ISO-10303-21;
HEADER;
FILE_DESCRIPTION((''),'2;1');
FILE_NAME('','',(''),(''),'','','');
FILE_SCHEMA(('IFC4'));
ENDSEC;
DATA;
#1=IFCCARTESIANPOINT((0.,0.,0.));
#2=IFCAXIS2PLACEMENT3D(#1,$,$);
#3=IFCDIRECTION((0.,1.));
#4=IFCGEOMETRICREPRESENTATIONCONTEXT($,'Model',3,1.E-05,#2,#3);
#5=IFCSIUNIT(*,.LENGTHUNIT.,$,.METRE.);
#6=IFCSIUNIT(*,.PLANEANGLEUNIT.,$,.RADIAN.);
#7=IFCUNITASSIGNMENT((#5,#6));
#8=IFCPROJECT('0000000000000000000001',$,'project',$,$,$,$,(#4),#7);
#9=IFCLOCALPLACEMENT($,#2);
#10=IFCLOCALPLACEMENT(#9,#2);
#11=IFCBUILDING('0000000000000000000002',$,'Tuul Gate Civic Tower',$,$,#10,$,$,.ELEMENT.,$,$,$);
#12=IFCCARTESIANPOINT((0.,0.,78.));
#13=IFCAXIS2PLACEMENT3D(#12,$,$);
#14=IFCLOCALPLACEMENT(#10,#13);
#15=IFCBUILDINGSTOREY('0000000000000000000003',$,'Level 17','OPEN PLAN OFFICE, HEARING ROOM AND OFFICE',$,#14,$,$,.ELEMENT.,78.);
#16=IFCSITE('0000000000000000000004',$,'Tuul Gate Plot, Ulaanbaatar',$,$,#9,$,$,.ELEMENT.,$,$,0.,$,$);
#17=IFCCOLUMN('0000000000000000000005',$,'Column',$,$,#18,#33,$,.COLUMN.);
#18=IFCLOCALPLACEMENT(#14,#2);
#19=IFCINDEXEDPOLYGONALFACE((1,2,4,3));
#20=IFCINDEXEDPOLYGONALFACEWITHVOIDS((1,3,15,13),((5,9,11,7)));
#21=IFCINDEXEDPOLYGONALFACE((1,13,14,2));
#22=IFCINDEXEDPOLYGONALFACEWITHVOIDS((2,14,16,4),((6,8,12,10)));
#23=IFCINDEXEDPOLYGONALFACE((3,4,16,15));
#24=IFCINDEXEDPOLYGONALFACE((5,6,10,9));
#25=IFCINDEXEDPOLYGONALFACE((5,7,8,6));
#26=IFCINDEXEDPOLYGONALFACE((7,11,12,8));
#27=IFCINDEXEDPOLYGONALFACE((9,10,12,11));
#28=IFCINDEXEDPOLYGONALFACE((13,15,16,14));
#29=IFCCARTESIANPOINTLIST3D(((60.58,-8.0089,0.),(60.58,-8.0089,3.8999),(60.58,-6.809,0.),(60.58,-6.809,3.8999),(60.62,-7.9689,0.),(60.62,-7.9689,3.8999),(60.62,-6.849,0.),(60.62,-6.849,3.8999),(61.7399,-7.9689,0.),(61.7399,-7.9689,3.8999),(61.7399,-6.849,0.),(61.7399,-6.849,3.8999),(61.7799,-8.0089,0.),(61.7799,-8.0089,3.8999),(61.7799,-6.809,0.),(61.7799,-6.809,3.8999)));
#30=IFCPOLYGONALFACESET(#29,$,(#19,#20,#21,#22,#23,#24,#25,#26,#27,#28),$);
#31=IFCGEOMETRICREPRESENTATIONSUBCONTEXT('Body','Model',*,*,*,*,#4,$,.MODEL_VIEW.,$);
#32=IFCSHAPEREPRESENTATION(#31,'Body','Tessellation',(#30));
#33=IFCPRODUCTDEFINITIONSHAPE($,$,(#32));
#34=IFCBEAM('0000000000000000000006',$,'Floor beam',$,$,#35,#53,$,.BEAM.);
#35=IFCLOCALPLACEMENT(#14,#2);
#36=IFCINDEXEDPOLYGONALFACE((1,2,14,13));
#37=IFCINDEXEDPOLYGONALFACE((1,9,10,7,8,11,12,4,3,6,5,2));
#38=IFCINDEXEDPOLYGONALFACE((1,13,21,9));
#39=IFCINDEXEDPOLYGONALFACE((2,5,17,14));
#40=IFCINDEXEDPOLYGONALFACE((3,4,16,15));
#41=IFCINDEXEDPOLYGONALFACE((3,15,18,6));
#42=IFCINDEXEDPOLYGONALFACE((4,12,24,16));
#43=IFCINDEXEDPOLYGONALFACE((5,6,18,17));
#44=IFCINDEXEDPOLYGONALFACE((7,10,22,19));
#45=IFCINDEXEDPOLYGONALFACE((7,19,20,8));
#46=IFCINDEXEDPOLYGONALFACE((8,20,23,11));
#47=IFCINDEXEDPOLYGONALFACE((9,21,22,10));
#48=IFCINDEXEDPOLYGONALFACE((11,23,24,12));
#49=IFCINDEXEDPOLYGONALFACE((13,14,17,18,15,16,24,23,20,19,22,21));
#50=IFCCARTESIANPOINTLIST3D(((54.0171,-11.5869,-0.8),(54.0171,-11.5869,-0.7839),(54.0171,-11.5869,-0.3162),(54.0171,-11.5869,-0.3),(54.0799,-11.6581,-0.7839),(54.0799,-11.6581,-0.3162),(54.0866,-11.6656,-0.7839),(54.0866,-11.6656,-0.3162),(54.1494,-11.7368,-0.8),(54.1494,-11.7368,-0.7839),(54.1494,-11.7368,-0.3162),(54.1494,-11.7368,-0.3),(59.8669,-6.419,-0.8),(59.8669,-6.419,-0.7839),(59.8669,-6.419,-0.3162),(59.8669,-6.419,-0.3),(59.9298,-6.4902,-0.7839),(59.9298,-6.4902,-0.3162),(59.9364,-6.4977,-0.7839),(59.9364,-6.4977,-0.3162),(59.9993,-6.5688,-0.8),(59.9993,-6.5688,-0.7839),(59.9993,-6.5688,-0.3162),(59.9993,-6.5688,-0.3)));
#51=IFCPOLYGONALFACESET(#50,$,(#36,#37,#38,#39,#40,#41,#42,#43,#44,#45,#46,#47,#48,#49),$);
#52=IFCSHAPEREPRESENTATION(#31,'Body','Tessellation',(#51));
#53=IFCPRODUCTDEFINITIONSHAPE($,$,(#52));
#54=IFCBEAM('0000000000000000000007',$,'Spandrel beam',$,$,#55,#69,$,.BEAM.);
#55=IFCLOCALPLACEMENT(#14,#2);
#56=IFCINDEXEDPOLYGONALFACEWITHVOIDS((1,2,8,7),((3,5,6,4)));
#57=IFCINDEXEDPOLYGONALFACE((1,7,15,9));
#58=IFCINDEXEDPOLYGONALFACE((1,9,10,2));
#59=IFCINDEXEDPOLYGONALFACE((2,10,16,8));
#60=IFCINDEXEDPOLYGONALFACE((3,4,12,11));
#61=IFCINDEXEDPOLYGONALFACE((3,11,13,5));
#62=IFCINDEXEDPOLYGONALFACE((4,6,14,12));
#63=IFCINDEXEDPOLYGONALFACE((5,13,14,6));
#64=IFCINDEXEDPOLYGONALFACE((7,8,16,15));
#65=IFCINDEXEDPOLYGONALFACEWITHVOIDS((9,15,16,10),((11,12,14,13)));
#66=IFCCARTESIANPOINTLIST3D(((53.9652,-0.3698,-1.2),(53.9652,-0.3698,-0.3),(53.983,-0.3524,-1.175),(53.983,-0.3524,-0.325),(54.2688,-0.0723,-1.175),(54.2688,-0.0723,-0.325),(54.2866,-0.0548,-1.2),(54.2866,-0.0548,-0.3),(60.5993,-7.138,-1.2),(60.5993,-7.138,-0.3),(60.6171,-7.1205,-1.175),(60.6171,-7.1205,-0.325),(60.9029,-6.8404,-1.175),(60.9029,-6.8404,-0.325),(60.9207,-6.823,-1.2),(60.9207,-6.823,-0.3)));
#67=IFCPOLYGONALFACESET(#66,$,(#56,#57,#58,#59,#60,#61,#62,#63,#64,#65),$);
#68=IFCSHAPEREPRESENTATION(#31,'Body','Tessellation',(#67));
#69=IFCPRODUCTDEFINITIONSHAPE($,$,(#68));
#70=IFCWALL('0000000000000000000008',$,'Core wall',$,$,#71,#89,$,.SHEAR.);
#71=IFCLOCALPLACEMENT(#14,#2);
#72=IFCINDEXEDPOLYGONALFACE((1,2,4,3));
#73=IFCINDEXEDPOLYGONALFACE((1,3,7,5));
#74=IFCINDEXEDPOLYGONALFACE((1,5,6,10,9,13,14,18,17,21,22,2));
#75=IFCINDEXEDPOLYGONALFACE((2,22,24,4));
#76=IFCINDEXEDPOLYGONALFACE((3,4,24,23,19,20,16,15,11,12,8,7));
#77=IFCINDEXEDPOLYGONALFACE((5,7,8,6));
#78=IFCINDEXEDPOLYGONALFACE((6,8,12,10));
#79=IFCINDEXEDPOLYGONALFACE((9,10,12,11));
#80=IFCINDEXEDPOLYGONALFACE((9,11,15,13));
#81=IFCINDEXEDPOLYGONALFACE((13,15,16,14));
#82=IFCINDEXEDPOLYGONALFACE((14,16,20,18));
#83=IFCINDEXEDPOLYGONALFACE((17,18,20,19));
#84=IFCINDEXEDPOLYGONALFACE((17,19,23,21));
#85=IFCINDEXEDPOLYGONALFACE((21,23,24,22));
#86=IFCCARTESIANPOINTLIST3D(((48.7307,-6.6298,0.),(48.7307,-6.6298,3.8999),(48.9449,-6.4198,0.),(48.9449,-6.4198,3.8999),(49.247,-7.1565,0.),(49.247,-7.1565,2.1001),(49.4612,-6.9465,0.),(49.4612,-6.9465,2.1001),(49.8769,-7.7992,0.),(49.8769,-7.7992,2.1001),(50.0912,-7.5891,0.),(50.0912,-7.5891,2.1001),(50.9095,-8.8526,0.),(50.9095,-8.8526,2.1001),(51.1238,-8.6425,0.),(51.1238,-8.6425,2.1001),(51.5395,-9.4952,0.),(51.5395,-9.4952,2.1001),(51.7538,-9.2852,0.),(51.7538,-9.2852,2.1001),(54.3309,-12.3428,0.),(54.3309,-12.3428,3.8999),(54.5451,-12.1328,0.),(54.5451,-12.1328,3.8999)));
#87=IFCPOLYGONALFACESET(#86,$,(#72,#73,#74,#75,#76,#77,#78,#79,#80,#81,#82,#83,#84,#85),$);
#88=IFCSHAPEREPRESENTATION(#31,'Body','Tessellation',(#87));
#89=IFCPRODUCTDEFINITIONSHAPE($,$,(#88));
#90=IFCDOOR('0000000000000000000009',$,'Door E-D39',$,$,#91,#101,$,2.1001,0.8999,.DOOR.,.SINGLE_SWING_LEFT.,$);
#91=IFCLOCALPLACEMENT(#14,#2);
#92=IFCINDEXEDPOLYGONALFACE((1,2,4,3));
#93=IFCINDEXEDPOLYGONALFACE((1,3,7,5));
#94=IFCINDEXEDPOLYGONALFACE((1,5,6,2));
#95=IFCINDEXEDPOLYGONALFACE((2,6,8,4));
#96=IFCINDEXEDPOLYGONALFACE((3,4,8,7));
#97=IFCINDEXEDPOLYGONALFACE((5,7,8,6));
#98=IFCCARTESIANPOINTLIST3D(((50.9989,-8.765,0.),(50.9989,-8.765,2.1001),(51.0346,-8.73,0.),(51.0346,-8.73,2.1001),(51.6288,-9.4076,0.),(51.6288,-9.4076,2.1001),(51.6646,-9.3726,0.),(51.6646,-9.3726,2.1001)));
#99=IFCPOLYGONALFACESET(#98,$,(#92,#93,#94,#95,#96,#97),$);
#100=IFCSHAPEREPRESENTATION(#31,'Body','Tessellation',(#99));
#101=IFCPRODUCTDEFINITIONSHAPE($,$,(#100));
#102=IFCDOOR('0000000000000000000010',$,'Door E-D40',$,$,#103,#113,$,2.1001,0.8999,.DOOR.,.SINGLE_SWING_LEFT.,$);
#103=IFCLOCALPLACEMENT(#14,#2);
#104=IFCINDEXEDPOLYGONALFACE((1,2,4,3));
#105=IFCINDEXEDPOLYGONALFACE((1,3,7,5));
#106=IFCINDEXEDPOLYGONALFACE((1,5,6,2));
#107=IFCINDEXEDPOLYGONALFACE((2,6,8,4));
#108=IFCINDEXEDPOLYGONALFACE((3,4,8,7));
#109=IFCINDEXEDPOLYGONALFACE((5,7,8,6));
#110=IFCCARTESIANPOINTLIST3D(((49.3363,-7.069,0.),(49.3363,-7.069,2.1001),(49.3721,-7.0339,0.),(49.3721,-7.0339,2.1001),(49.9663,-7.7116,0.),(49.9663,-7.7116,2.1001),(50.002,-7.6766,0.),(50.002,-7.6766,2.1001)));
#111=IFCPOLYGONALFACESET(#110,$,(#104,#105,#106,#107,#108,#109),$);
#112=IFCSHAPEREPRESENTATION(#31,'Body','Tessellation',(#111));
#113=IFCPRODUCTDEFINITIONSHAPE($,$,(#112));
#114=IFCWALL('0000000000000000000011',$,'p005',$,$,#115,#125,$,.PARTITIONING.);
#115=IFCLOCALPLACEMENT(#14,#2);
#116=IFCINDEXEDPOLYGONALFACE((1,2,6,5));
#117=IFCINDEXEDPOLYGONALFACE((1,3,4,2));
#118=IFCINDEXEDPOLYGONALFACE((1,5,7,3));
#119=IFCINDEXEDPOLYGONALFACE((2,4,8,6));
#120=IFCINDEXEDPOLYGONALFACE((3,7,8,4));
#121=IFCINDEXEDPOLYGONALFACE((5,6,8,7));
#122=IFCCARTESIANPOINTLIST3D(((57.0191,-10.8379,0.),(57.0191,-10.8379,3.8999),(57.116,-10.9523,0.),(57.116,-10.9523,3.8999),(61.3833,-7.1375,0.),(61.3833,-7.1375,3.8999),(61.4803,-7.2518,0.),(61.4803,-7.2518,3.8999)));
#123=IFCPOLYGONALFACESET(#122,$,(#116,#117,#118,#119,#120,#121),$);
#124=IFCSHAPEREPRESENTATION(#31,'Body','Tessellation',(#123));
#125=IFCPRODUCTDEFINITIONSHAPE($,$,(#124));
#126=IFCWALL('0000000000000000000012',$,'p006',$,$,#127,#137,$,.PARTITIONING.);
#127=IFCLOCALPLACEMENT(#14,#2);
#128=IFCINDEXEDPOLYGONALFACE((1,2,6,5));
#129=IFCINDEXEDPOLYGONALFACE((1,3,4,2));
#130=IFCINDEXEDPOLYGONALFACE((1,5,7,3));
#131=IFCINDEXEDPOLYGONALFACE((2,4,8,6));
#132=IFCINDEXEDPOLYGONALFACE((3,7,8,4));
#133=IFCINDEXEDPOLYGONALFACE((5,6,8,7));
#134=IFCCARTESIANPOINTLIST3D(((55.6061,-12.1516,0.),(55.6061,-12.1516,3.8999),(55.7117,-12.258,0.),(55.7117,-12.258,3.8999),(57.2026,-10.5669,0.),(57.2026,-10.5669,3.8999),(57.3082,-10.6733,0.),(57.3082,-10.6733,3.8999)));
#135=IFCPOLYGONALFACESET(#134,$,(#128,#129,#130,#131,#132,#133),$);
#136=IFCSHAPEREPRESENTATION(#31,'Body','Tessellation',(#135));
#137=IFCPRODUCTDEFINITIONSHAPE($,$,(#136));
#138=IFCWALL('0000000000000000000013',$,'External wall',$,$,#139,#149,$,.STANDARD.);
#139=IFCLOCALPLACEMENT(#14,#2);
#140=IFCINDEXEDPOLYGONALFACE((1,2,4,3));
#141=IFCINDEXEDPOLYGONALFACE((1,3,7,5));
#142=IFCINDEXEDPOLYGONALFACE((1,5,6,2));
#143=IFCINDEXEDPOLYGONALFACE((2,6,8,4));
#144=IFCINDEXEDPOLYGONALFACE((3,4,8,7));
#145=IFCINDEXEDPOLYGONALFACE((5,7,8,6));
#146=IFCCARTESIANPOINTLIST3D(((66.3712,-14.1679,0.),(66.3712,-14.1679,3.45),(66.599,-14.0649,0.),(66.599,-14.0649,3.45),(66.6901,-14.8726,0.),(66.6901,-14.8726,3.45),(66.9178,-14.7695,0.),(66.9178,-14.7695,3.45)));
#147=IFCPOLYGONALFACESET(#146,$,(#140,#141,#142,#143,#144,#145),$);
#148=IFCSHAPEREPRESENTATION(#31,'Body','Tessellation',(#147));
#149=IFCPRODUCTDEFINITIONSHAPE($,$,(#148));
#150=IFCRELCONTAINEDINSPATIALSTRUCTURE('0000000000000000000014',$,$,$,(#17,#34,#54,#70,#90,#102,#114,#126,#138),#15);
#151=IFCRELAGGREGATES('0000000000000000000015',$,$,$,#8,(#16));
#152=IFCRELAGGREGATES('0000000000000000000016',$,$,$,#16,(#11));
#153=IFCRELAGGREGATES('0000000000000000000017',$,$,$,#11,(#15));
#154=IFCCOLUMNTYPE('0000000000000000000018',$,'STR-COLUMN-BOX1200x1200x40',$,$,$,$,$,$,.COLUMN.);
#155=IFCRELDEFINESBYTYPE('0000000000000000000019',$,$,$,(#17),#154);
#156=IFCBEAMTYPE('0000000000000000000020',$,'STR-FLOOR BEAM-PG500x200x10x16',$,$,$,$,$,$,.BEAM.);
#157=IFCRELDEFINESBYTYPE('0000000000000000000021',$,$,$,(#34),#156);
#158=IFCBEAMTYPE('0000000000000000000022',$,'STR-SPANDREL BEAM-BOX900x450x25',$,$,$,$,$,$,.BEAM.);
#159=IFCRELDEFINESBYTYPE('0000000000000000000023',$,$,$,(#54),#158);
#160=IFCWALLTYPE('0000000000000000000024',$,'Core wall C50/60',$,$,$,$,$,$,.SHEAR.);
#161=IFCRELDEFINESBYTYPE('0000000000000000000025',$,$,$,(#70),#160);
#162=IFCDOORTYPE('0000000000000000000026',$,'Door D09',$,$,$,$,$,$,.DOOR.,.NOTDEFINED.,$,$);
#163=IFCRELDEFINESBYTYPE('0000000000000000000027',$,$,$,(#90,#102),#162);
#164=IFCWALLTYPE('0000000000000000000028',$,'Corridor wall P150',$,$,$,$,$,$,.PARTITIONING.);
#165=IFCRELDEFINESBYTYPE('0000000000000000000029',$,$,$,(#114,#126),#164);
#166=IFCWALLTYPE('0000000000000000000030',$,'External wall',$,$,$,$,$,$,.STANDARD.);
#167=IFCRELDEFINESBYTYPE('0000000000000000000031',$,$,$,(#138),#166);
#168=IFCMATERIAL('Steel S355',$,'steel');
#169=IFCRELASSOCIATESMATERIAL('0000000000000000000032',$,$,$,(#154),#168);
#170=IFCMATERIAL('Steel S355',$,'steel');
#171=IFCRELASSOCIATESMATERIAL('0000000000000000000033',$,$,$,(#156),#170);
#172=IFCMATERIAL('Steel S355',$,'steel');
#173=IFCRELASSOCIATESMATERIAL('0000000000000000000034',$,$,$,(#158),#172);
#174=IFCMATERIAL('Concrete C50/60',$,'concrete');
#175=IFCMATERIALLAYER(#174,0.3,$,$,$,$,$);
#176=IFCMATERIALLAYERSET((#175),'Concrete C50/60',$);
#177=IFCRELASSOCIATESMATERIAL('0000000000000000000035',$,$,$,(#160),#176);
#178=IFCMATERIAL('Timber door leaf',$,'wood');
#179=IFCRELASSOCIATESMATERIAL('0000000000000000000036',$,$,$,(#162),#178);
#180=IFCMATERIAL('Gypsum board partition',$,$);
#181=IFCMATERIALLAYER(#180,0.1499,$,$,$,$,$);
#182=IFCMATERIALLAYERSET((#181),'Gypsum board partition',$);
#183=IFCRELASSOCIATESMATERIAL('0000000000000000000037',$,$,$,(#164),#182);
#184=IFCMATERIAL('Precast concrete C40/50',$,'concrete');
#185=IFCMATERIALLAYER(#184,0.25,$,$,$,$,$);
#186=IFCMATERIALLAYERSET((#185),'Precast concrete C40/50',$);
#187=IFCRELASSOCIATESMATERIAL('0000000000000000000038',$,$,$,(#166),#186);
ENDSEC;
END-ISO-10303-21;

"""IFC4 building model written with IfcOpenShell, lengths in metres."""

from ifc_helpers import new_model, si_unit, direction, frame, frame_2d, origin, origin_2d, place, context, subcontext, project, spatial, rectangle, hollow_rectangle, i_section, extrude, material, layer, layer_set, material_profile, profile_set, type_object, element, fill, save


model = new_model("IFC4")

# Units and contexts
model_context = context("Model", 3, precision=1e-05, world=origin(), true_north=direction((0.0, 1.0)))
body_context = subcontext(model_context, "Body", "Model", "MODEL_VIEW")
ifc_project = project(units=[si_unit("LENGTHUNIT", "METRE"), si_unit("PLANEANGLEUNIT", "RADIAN")], contexts=[model_context])

# Site, building, storey
site_placement = place(None, origin())
site = spatial("IfcSite", under=ifc_project, at=site_placement, Name="Tuul Gate Plot, Ulaanbaatar", CompositionType="ELEMENT", RefElevation=0.0)
building_placement = place(site_placement, origin())
building = spatial("IfcBuilding", under=site, at=building_placement, Name="Tuul Gate Civic Tower", CompositionType="ELEMENT")
storey_placement = place(building_placement, frame((0.0, 0.0, 78.0)))
storey = spatial("IfcBuildingStorey", under=building, at=storey_placement, Name="Level 17", Description="OPEN PLAN OFFICE, HEARING ROOM AND OFFICE", CompositionType="ELEMENT", Elevation=78.0)

# Column
ifc_material_1 = material(Name="Steel S355", Category="steel")
ifc_material_profile_1 = material_profile(ifc_material_1, hollow_rectangle(XDim=1.2, YDim=1.2, WallThickness=0.04, at=origin_2d()), Name="BOX1200x1200x40")
ifc_profile_set_1 = profile_set([ifc_material_profile_1], Name="Steel S355")
column_type = type_object("IfcColumnType", Name="STR-COLUMN-BOX1200x1200x40", PredefinedType="COLUMN", material=ifc_profile_set_1)
column_placement = place(storey_placement, frame((61.1799, -7.4089, 0.0), z_axis=(0.0, 0.0, 1.0), x_axis=(1.0, 0.0, 0.0)))
element("IfcColumn", 1, at=column_placement, inside=storey, type_object=column_type, Name="Column", PredefinedType="COLUMN", context=body_context, shape_type="SweptSolid", body=[
    extrude(hollow_rectangle(XDim=1.2, YDim=1.2, WallThickness=0.04, at=origin_2d()), origin(), (0.0, 0.0, 1.0), 3.8999),
])

# Beams
ifc_material_2 = material(Name="Steel S355", Category="steel")
ifc_material_profile_2 = material_profile(ifc_material_2, i_section(OverallWidth=0.2, OverallDepth=0.5, WebThickness=0.01, FlangeThickness=0.0161, at=origin_2d()), Name="PG500x200x10x16")
ifc_profile_set_2 = profile_set([ifc_material_profile_2], Name="Steel S355")
beam_type_1 = type_object("IfcBeamType", Name="STR-FLOOR BEAM-PG500x200x10x16", PredefinedType="BEAM", material=ifc_profile_set_2)
beam_1_placement = place(storey_placement, frame((54.0833, -11.6619, -0.55), z_axis=(0.749435, 0.662078, 0.0), x_axis=(-0.662078, 0.749435, 0.0)))
element("IfcBeam", 2, at=beam_1_placement, inside=storey, type_object=beam_type_1, Name="Floor beam", PredefinedType="BEAM", context=body_context, shape_type="SweptSolid", body=[
    extrude(i_section(OverallWidth=0.2, OverallDepth=0.5, WebThickness=0.01, FlangeThickness=0.0161, at=origin_2d()), origin(), (0.0, 0.0, 1.0), 7.8057),
])
ifc_material_3 = material(Name="Steel S355", Category="steel")
ifc_material_profile_3 = material_profile(ifc_material_3, hollow_rectangle(XDim=0.45, YDim=0.8999, WallThickness=0.0249, at=origin_2d()), Name="BOX900x450x25")
ifc_profile_set_3 = profile_set([ifc_material_profile_3], Name="Steel S355")
beam_type_2 = type_object("IfcBeamType", Name="STR-SPANDREL BEAM-BOX900x450x25", PredefinedType="BEAM", material=ifc_profile_set_3)
beam_2_placement = place(storey_placement, frame((60.76, -6.9805, -0.75), z_axis=(-0.7, 0.714143, 0.0), x_axis=(-0.714143, -0.7, 0.0)))
element("IfcBeam", 3, at=beam_2_placement, inside=storey, type_object=beam_type_2, Name="Spandrel beam", PredefinedType="BEAM", context=body_context, shape_type="SweptSolid", body=[
    extrude(hollow_rectangle(XDim=0.45, YDim=0.8999, WallThickness=0.0249, at=origin_2d()), origin(), (0.0, 0.0, 1.0), 9.4773),
])

# Wall, openings, doors
ifc_material_4 = material(Name="Concrete C50/60", Category="concrete")
ifc_layer_1 = layer(ifc_material_4, 0.3)
ifc_layer_set_1 = layer_set([ifc_layer_1], Name="Concrete C50/60")
wall_type_1 = type_object("IfcWallType", Name="Core wall C50/60", PredefinedType="SHEAR", material=ifc_layer_set_1)
wall_1_placement = place(storey_placement, frame((54.438, -12.2378, 0.0), z_axis=(0.0, 0.0, 1.0), x_axis=(-0.700022, 0.714121, 0.0)))
wall_1 = element("IfcWall", 4, at=wall_1_placement, inside=storey, type_object=wall_type_1, Name="Core wall", PredefinedType="SHEAR", context=body_context, shape_type="SweptSolid", body=[
    extrude(rectangle(XDim=8.0, YDim=0.3, at=frame_2d((4.0, 0.0))), origin(), (0.0, 0.0, 1.0), 3.8999),
])
opening_1_placement = place(wall_1_placement, frame((3.9875, 0.0, 0.0)))
opening_1 = element("IfcOpeningElement", 5, at=opening_1_placement, cuts=wall_1, PredefinedType="OPENING", context=body_context, shape_type="SweptSolid", body=[
    extrude(rectangle(XDim=0.8999, YDim=2.1001, at=frame_2d((0.45, 1.05))), frame((0.0, 0.1602, 0.0), z_axis=(0.0, -1.0, 0.0), x_axis=(1.0, 0.0, 0.0)), (0.0, 0.0, 1.0), 0.3201),
])
opening_2_placement = place(wall_1_placement, frame((6.3625, 0.0, 0.0)))
opening_2 = element("IfcOpeningElement", 6, at=opening_2_placement, cuts=wall_1, PredefinedType="OPENING", context=body_context, shape_type="SweptSolid", body=[
    extrude(rectangle(XDim=0.8999, YDim=2.1001, at=frame_2d((0.45, 1.05))), frame((0.0, 0.1602, 0.0), z_axis=(0.0, -1.0, 0.0), x_axis=(1.0, 0.0, 0.0)), (0.0, 0.0, 1.0), 0.3201),
])
ifc_material_5 = material(Name="Timber door leaf", Category="wood")
door_type = type_object("IfcDoorType", Name="Door D09", OperationType="NOTDEFINED", PredefinedType="DOOR", material=ifc_material_5)
door_1_placement = place(opening_1_placement, origin())
door_1 = element("IfcDoor", 7, at=door_1_placement, inside=storey, type_object=door_type, Name="Door E-D39", OperationType="SINGLE_SWING_LEFT", OverallHeight=2.1001, OverallWidth=0.8999, PredefinedType="DOOR", context=body_context, shape_type="SweptSolid", body=[
    extrude(rectangle(XDim=0.8999, YDim=2.1001, at=frame_2d((0.45, 1.05))), frame((0.0, 0.0249, 0.0), z_axis=(0.0, -1.0, 0.0), x_axis=(1.0, 0.0, 0.0)), (0.0, 0.0, 1.0), 0.05),
])
fill(opening_1, door_1)
door_2_placement = place(opening_2_placement, origin())
door_2 = element("IfcDoor", 8, at=door_2_placement, inside=storey, type_object=door_type, Name="Door E-D40", OperationType="SINGLE_SWING_LEFT", OverallHeight=2.1001, OverallWidth=0.8999, PredefinedType="DOOR", context=body_context, shape_type="SweptSolid", body=[
    extrude(rectangle(XDim=0.8999, YDim=2.1001, at=frame_2d((0.45, 1.05))), frame((0.0, 0.0249, 0.0), z_axis=(0.0, -1.0, 0.0), x_axis=(1.0, 0.0, 0.0)), (0.0, 0.0, 1.0), 0.05),
])
fill(opening_2, door_2)

# Walls
ifc_material_6 = material(Name="Gypsum board partition")
ifc_layer_2 = layer(ifc_material_6, 0.1499)
ifc_layer_set_2 = layer_set([ifc_layer_2], Name="Gypsum board partition")
wall_type_2 = type_object("IfcWallType", Name="Corridor wall P150", PredefinedType="PARTITIONING", material=ifc_layer_set_2)
wall_2_placement = place(storey_placement, frame((57.0676, -10.895, 0.0), z_axis=(0.0, 0.0, 1.0), x_axis=(0.76273, 0.646717, 0.0)))
element("IfcWall", 9, at=wall_2_placement, inside=storey, type_object=wall_type_2, Name="p005", PredefinedType="PARTITIONING", context=body_context, shape_type="SweptSolid", body=[
    extrude(rectangle(XDim=5.7219, YDim=0.1499, at=frame_2d((2.8608, 0.0))), origin(), (0.0, 0.0, 1.0), 3.8999),
])
wall_3_placement = place(storey_placement, frame((55.6589, -12.2048, 0.0), z_axis=(0.0, 0.0, 1.0), x_axis=(0.709707, 0.704497, 0.0)))
element("IfcWall", 10, at=wall_3_placement, inside=storey, type_object=wall_type_2, Name="p006", PredefinedType="PARTITIONING", context=body_context, shape_type="SweptSolid", body=[
    extrude(rectangle(XDim=2.2495, YDim=0.1499, at=frame_2d((1.1248, 0.0))), origin(), (0.0, 0.0, 1.0), 3.8999),
])
ifc_material_7 = material(Name="Precast concrete C40/50", Category="concrete")
ifc_layer_3 = layer(ifc_material_7, 0.25)
ifc_layer_set_3 = layer_set([ifc_layer_3], Name="Precast concrete C40/50")
wall_type_3 = type_object("IfcWallType", Name="External wall", PredefinedType="STANDARD", material=ifc_layer_set_3)
wall_4_placement = place(storey_placement, frame((66.804, -14.821, 0.0), z_axis=(0.0, 0.0, 1.0), x_axis=(-0.41228, 0.911057, 0.0)))
element("IfcWall", 11, at=wall_4_placement, inside=storey, type_object=wall_type_3, Name="External wall", PredefinedType="STANDARD", context=body_context, shape_type="SweptSolid", body=[
    extrude(rectangle(XDim=0.7734, YDim=0.25, at=frame_2d((0.3867, 0.0))), origin(), (0.0, 0.0, 1.0), 3.45),
])

save(model, "model.ifc")
